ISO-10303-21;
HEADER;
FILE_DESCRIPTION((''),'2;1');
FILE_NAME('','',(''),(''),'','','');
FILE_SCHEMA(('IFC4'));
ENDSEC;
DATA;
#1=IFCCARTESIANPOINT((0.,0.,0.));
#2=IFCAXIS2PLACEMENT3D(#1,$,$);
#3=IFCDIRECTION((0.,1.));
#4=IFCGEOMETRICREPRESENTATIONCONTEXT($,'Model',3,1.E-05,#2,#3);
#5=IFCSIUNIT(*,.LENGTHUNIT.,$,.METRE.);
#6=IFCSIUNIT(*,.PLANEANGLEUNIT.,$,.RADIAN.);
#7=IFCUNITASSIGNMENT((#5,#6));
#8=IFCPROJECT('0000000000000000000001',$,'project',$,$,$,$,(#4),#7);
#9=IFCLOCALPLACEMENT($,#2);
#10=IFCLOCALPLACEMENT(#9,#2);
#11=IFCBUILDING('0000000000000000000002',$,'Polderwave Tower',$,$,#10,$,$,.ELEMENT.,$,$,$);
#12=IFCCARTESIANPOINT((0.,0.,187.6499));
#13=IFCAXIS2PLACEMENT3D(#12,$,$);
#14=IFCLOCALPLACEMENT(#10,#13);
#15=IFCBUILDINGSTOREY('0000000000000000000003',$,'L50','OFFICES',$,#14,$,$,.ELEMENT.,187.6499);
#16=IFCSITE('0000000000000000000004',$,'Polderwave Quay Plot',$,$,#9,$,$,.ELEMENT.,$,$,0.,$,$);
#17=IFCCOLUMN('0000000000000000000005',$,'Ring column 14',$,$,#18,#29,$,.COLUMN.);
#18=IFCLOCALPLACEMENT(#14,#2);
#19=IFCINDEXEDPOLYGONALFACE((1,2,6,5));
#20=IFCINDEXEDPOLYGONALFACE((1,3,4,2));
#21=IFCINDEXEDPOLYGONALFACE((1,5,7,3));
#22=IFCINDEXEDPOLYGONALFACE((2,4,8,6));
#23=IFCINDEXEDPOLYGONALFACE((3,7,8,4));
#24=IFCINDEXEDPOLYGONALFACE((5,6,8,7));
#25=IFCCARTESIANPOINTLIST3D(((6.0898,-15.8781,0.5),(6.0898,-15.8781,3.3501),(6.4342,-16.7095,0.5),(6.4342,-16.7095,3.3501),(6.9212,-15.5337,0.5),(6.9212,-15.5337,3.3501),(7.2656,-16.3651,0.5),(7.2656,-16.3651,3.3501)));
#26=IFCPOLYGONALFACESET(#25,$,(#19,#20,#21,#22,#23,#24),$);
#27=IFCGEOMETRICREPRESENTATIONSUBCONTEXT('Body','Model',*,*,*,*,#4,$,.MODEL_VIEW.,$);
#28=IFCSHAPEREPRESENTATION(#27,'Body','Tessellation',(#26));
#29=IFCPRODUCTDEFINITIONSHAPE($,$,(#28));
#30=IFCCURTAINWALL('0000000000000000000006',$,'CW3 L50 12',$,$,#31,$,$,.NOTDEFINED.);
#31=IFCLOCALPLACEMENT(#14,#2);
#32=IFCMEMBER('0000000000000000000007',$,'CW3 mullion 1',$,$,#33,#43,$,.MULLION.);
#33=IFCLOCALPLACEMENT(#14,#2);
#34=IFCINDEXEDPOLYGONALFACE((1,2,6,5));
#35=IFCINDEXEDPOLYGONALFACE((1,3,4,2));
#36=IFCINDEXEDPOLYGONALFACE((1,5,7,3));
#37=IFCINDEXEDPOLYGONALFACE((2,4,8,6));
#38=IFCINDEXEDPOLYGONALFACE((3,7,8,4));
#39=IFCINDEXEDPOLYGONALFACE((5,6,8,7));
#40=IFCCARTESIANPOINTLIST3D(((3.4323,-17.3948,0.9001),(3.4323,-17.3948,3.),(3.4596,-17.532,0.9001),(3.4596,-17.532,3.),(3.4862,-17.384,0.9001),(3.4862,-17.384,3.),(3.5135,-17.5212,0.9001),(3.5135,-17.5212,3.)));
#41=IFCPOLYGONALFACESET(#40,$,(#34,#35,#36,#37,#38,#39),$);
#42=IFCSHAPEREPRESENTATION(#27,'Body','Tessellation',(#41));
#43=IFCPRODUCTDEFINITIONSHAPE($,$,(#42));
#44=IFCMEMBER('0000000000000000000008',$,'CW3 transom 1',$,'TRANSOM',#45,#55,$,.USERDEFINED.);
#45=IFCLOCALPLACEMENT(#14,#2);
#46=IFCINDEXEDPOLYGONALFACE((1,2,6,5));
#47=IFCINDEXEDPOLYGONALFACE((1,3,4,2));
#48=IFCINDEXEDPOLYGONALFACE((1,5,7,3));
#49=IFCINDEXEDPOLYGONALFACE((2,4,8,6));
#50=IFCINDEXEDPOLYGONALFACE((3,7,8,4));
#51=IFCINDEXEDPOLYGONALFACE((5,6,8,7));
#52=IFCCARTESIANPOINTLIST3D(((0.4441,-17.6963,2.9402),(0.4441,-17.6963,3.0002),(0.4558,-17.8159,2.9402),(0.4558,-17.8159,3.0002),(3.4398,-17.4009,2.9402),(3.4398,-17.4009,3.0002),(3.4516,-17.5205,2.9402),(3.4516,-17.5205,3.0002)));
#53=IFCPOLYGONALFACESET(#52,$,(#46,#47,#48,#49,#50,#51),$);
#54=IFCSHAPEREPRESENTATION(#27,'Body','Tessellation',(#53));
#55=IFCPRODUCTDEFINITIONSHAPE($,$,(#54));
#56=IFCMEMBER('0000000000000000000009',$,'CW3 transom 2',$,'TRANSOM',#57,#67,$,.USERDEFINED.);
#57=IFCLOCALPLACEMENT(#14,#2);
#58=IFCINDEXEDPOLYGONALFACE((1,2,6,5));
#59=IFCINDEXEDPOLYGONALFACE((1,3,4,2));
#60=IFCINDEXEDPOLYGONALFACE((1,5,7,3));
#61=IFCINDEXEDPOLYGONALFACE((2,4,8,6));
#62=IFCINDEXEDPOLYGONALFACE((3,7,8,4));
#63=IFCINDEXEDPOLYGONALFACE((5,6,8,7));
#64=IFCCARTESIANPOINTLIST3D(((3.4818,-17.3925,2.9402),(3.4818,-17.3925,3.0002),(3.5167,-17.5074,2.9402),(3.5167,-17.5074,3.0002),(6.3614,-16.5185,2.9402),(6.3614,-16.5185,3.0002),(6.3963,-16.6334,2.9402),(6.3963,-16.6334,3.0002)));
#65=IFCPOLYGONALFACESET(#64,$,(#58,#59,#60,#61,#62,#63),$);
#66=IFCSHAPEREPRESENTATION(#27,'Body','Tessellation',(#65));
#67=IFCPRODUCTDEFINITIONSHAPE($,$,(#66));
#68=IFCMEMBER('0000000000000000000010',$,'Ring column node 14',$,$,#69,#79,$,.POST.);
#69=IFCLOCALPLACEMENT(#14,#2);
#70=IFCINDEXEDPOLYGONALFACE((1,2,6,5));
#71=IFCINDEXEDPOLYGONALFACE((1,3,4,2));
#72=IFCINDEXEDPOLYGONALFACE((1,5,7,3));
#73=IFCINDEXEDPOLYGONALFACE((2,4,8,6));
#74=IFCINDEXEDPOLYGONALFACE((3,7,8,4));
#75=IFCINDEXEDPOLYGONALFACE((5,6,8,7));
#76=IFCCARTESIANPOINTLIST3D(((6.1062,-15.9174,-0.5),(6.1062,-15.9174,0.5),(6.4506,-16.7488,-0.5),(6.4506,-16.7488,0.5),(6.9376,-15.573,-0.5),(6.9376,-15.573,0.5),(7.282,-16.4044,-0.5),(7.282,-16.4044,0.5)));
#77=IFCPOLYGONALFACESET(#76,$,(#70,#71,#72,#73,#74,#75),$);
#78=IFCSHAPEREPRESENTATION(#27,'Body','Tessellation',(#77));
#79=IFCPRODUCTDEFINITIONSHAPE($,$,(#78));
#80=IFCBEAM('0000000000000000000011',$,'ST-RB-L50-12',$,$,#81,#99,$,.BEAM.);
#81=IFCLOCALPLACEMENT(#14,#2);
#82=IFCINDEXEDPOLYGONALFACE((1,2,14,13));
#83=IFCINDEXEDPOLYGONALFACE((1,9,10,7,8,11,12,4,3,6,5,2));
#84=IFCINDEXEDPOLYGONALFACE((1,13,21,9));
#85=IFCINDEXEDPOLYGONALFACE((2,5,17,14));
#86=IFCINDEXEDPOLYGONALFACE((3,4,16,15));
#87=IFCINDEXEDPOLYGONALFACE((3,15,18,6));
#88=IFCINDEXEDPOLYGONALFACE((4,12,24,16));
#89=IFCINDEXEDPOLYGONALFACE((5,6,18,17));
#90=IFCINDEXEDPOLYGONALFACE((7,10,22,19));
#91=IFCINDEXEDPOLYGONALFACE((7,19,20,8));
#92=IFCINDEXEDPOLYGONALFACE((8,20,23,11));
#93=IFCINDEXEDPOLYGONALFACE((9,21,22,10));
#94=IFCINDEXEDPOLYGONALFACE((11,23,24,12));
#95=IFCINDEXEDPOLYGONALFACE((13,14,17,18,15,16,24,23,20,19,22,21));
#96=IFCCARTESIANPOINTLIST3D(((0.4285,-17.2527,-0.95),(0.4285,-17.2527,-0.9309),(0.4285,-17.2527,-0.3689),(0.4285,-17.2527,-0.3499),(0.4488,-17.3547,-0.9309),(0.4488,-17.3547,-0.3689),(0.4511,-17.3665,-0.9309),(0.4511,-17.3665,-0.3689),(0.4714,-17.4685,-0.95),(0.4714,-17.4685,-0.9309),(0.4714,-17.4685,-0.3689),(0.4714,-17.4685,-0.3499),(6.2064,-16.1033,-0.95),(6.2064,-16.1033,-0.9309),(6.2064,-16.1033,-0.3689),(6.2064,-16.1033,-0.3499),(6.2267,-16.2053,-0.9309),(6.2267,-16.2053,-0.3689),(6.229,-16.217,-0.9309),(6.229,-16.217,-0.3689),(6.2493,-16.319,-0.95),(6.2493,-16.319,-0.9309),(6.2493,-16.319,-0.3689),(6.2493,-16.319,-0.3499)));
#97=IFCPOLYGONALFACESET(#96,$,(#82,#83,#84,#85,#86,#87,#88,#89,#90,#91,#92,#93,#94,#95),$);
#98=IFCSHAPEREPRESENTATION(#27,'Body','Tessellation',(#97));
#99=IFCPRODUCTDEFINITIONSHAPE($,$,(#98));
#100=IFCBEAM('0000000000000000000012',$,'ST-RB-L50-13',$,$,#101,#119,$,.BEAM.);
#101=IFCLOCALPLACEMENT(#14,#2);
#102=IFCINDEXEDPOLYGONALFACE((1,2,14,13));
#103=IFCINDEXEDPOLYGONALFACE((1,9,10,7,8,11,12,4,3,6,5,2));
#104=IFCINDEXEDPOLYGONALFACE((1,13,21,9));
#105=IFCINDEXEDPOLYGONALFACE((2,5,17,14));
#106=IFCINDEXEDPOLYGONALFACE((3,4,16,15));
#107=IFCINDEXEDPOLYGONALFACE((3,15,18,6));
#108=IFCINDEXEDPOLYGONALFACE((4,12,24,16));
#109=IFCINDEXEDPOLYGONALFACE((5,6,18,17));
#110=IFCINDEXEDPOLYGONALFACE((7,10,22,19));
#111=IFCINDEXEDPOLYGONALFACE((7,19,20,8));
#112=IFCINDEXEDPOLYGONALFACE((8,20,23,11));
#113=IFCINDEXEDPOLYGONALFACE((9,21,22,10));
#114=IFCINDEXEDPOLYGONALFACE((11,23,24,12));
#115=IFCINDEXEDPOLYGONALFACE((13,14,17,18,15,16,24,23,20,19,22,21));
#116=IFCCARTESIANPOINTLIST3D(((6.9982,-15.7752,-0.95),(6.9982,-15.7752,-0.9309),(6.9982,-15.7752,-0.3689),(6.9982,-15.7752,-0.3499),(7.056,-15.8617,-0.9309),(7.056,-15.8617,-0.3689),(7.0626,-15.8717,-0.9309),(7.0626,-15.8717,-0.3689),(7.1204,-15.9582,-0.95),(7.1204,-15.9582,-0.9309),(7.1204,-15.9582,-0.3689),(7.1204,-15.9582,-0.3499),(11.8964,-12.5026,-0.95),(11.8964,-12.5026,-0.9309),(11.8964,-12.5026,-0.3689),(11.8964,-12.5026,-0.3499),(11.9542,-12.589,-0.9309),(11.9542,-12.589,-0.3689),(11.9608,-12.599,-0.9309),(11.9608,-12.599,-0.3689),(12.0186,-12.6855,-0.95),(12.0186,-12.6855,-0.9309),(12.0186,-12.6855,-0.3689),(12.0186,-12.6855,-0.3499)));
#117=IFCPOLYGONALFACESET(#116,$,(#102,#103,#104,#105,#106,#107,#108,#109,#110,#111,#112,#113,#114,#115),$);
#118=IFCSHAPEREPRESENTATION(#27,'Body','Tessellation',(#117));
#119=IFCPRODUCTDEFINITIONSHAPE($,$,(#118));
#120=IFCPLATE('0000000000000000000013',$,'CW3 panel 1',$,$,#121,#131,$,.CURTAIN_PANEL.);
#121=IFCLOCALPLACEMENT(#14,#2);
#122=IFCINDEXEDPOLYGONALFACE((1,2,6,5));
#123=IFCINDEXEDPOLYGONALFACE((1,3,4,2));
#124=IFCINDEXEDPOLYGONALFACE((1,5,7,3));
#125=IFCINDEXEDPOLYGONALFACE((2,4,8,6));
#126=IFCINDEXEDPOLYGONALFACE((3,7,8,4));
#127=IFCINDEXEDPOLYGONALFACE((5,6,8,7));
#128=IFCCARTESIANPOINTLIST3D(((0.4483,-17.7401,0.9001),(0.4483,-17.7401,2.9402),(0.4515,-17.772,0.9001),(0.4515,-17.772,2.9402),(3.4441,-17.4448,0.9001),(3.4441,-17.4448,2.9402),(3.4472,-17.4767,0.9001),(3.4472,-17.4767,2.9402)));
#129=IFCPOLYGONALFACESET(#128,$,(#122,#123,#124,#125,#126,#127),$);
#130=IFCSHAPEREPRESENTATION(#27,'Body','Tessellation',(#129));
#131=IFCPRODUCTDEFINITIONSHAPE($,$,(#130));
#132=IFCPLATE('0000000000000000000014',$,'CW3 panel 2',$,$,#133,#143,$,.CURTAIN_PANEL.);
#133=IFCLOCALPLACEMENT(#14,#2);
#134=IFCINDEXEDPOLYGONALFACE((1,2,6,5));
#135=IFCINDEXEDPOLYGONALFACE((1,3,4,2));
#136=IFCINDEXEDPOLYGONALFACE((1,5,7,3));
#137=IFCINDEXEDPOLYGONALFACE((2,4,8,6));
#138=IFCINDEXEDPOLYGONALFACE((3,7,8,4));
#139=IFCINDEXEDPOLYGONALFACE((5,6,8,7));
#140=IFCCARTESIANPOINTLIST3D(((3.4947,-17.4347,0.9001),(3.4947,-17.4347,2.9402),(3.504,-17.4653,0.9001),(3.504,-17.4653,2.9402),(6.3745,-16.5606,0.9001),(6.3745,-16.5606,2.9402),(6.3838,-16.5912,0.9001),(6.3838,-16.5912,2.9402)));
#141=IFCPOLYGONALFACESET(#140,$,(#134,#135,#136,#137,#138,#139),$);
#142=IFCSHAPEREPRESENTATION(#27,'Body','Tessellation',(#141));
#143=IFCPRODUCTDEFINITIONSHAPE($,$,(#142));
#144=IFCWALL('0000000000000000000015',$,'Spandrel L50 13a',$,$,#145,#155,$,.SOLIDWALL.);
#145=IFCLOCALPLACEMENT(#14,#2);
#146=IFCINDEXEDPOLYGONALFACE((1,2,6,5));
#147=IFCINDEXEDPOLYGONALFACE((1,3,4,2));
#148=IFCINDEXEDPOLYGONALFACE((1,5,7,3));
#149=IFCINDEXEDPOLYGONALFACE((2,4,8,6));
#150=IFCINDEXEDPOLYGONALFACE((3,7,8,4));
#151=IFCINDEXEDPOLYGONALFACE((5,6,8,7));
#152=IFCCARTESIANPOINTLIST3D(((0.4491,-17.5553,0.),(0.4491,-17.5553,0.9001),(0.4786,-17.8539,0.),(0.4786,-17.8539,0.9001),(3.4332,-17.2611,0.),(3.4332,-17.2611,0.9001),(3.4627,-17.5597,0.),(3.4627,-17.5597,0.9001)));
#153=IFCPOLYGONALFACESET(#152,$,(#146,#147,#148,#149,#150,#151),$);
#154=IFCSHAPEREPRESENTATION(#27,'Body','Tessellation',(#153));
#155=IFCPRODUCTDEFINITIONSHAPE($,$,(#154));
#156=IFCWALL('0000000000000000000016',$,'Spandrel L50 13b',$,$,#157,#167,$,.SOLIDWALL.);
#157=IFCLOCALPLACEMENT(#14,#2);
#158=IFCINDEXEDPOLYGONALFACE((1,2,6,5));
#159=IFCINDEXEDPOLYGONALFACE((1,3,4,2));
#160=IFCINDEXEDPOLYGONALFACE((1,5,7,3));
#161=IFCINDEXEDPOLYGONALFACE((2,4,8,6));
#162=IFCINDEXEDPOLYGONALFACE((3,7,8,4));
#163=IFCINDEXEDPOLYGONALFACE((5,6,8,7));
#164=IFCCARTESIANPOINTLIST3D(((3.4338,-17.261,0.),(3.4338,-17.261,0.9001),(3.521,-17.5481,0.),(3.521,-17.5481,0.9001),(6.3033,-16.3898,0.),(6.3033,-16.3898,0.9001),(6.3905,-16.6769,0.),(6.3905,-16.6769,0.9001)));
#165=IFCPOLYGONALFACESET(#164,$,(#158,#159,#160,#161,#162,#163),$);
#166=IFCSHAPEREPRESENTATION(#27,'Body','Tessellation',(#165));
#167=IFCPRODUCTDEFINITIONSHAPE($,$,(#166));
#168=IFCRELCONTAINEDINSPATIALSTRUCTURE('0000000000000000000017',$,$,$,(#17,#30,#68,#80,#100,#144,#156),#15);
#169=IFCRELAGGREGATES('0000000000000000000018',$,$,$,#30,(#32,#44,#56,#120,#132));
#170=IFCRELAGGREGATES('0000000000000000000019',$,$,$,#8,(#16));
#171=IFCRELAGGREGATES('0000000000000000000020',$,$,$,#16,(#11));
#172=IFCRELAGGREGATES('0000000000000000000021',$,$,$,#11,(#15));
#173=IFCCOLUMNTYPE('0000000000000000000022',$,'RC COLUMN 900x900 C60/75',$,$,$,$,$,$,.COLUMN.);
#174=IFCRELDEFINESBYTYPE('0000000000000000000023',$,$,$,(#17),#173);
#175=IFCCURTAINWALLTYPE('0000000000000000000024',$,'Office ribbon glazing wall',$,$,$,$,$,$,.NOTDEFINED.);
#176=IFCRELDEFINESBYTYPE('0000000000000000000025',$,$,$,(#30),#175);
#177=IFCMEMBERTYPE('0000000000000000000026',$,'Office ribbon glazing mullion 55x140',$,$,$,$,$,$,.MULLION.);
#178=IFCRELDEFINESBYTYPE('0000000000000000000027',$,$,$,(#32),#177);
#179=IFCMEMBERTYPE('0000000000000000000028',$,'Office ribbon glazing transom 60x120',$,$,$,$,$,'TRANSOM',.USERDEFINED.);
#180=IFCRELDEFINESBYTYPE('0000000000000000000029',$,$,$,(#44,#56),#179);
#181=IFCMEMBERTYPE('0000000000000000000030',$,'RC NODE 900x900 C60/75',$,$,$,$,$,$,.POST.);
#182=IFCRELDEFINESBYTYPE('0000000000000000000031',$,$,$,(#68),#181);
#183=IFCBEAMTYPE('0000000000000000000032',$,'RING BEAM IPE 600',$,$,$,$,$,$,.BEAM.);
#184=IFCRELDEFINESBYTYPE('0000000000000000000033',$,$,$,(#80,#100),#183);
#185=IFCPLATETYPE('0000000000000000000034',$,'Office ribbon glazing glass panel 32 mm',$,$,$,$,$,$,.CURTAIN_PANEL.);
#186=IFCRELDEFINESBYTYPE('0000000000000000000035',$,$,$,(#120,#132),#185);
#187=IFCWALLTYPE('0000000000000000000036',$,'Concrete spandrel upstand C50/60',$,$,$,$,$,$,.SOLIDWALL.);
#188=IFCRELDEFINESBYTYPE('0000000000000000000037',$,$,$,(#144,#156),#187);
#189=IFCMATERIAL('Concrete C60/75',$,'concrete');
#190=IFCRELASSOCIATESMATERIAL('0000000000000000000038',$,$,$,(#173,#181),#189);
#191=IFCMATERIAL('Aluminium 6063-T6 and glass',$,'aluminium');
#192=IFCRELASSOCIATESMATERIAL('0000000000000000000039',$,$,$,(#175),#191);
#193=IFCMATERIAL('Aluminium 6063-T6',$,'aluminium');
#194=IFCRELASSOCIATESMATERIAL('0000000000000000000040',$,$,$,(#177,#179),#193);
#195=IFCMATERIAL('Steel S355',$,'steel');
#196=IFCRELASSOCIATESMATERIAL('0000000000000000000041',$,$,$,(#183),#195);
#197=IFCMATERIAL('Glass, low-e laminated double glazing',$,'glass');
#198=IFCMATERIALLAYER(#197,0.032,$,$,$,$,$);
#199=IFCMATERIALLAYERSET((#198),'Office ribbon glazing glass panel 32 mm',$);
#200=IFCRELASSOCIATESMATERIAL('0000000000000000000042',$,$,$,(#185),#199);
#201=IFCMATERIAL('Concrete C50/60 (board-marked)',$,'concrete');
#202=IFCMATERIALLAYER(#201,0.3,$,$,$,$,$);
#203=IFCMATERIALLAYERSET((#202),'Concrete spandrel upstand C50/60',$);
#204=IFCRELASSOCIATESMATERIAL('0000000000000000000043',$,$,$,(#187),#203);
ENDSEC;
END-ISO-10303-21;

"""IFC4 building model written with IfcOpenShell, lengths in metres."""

from ifc_helpers import new_model, si_unit, direction, frame, frame_2d, origin, origin_2d, place, context, subcontext, project, spatial, rectangle, i_section, extrude, material, layer, layer_set, material_profile, profile_set, type_object, element, aggregate, save


model = new_model("IFC4")

# Units and contexts
model_context = context("Model", 3, precision=1e-05, world=origin(), true_north=direction((0.0, 1.0)))
body_context = subcontext(model_context, "Body", "Model", "MODEL_VIEW")
ifc_project = project(units=[si_unit("LENGTHUNIT", "METRE"), si_unit("PLANEANGLEUNIT", "RADIAN")], contexts=[model_context])

# Site, building, storey
site_placement = place(None, origin())
site = spatial("IfcSite", under=ifc_project, at=site_placement, Name="Polderwave Quay Plot", CompositionType="ELEMENT", RefElevation=0.0)
building_placement = place(site_placement, origin())
building = spatial("IfcBuilding", under=site, at=building_placement, Name="Polderwave Tower", CompositionType="ELEMENT")
storey_placement = place(building_placement, frame((0.0, 0.0, 187.6499)))
storey = spatial("IfcBuildingStorey", under=building, at=storey_placement, Name="L50", Description="OFFICES", CompositionType="ELEMENT", Elevation=187.6499)

# Column
ifc_material_1 = material(Name="Concrete C60/75", Category="concrete")
ifc_material_profile_1 = material_profile(ifc_material_1, rectangle(XDim=0.8999, YDim=0.8999, at=origin_2d()), Name="RC 900x900")
ifc_profile_set_1 = profile_set([ifc_material_profile_1], Name="Concrete C60/75")
column_type = type_object("IfcColumnType", Name="RC COLUMN 900x900 C60/75", PredefinedType="COLUMN", material=ifc_profile_set_1)
column_placement = place(storey_placement, frame((6.6777, -16.1216, 0.5), z_axis=(0.0, 0.0, 1.0), x_axis=(0.382683, -0.92388, 0.0)))
element("IfcColumn", 1, at=column_placement, inside=storey, type_object=column_type, Name="Ring column 14", PredefinedType="COLUMN", context=body_context, shape_type="SweptSolid", body=[
    extrude(rectangle(XDim=0.8999, YDim=0.8999, at=origin_2d()), origin(), (0.0, 0.0, 1.0), 2.8501),
])

# Curtain wall, members
ifc_material_2 = material(Name="Aluminium 6063-T6 and glass", Category="aluminium")
curtain_wall_type = type_object("IfcCurtainWallType", Name="Office ribbon glazing wall", PredefinedType="NOTDEFINED", material=ifc_material_2)
curtain_wall_placement = place(storey_placement, origin())
curtain_wall = element("IfcCurtainWall", 2, at=curtain_wall_placement, inside=storey, type_object=curtain_wall_type, Name="CW3 L50 12", PredefinedType="NOTDEFINED")
ifc_material_3 = material(Name="Aluminium 6063-T6", Category="aluminium")
ifc_material_profile_2 = material_profile(ifc_material_3, rectangle(XDim=0.1399, YDim=0.0549, at=origin_2d()), Name="AL 55x140")
ifc_profile_set_2 = profile_set([ifc_material_profile_2], Name="Aluminium 6063-T6")
member_type_1 = type_object("IfcMemberType", Name="Office ribbon glazing mullion 55x140", PredefinedType="MULLION", material=ifc_profile_set_2)
member_1_placement = place(storey_placement, frame((3.4729, -17.458, 0.9001), z_axis=(0.0, 0.0, 1.0), x_axis=(-0.195205, 0.980762, 0.0)))
member_1 = element("IfcMember", 3, at=member_1_placement, type_object=member_type_1, Name="CW3 mullion 1", PredefinedType="MULLION", context=body_context, shape_type="SweptSolid", body=[
    extrude(rectangle(XDim=0.1399, YDim=0.0549, at=origin_2d()), origin(), (0.0, 0.0, 1.0), 2.0999),
])
ifc_material_profile_3 = material_profile(ifc_material_3, rectangle(XDim=0.1201, YDim=0.0601, at=origin_2d()), Name="AL 60x120")
ifc_profile_set_3 = profile_set([ifc_material_profile_3], Name="Aluminium 6063-T6")
member_type_2 = type_object("IfcMemberType", Name="Office ribbon glazing transom 60x120", ElementType="TRANSOM", PredefinedType="USERDEFINED", material=ifc_profile_set_3)
member_2_placement = place(storey_placement, frame((0.45, -17.7561, 2.9702), z_axis=(0.995173, 0.098138, 0.0), x_axis=(-0.098138, 0.995173, 0.0)))
member_2 = element("IfcMember", 4, at=member_2_placement, type_object=member_type_2, Name="CW3 transom 1", ObjectType="TRANSOM", PredefinedType="USERDEFINED", context=body_context, shape_type="SweptSolid", body=[
    extrude(rectangle(XDim=0.1201, YDim=0.0601, at=origin_2d()), origin(), (0.0, 0.0, 1.0), 3.0103),
])
member_3_placement = place(storey_placement, frame((3.4993, -17.45, 2.9702), z_axis=(0.956895, 0.290435, 0.0), x_axis=(-0.290435, 0.956895, 0.0)))
member_3 = element("IfcMember", 5, at=member_3_placement, type_object=member_type_2, Name="CW3 transom 2", ObjectType="TRANSOM", PredefinedType="USERDEFINED", context=body_context, shape_type="SweptSolid", body=[
    extrude(rectangle(XDim=0.1201, YDim=0.0601, at=origin_2d()), origin(), (0.0, 0.0, 1.0), 3.0093),
])

# Member
ifc_material_profile_4 = material_profile(ifc_material_1, rectangle(XDim=0.8999, YDim=0.8999, at=origin_2d()), Name="RC 900x900")
ifc_profile_set_4 = profile_set([ifc_material_profile_4], Name="Concrete C60/75")
member_type_3 = type_object("IfcMemberType", Name="RC NODE 900x900 C60/75", PredefinedType="POST", material=ifc_profile_set_4)
member_4_placement = place(storey_placement, frame((6.6941, -16.1609, -0.5), z_axis=(0.0, 0.0, 1.0), x_axis=(0.382683, -0.92388, 0.0)))
element("IfcMember", 6, at=member_4_placement, inside=storey, type_object=member_type_3, Name="Ring column node 14", PredefinedType="POST", context=body_context, shape_type="SweptSolid", body=[
    extrude(rectangle(XDim=0.8999, YDim=0.8999, at=origin_2d()), origin(), (0.0, 0.0, 1.0), 1.0),
])

# Beams
ifc_material_4 = material(Name="Steel S355", Category="steel")
ifc_material_profile_5 = material_profile(ifc_material_4, i_section(OverallWidth=0.22, OverallDepth=0.6001, WebThickness=0.012, FlangeThickness=0.019, at=origin_2d()), Name="IPE 600")
ifc_profile_set_5 = profile_set([ifc_material_profile_5], Name="Steel S355")
beam_type = type_object("IfcBeamType", Name="RING BEAM IPE 600", PredefinedType="BEAM", material=ifc_profile_set_5)
beam_1_placement = place(storey_placement, frame((0.45, -17.3606, -0.6499), z_axis=(0.980781, 0.195112, 0.0), x_axis=(-0.195112, 0.980781, 0.0)))
element("IfcBeam", 7, at=beam_1_placement, inside=storey, type_object=beam_type, Name="ST-RB-L50-12", PredefinedType="BEAM", context=body_context, shape_type="SweptSolid", body=[
    extrude(i_section(OverallWidth=0.22, OverallDepth=0.6001, WebThickness=0.012, FlangeThickness=0.019, at=origin_2d()), origin(), (0.0, 0.0, 1.0), 5.8911),
])
beam_2_placement = place(storey_placement, frame((7.0593, -15.8667, -0.6499), z_axis=(0.831482, 0.555551, 0.0), x_axis=(-0.555551, 0.831482, 0.0)))
element("IfcBeam", 8, at=beam_2_placement, inside=storey, type_object=beam_type, Name="ST-RB-L50-13", PredefinedType="BEAM", context=body_context, shape_type="SweptSolid", body=[
    extrude(i_section(OverallWidth=0.22, OverallDepth=0.6001, WebThickness=0.012, FlangeThickness=0.019, at=origin_2d()), origin(), (0.0, 0.0, 1.0), 5.8909),
])

# Plates
ifc_material_5 = material(Name="Glass, low-e laminated double glazing", Category="glass")
ifc_layer_1 = layer(ifc_material_5, 0.032)
ifc_layer_set_1 = layer_set([ifc_layer_1], Name="Office ribbon glazing glass panel 32 mm")
plate_type = type_object("IfcPlateType", Name="Office ribbon glazing glass panel 32 mm", PredefinedType="CURTAIN_PANEL", material=ifc_layer_set_1)
plate_1_placement = place(storey_placement, frame((1.9478, -17.6084, 0.9001), z_axis=(0.0, 0.0, 1.0), x_axis=(0.995176, 0.098102, 0.0)))
plate_1 = element("IfcPlate", 9, at=plate_1_placement, type_object=plate_type, Name="CW3 panel 1", PredefinedType="CURTAIN_PANEL", context=body_context, shape_type="SweptSolid", body=[
    extrude(rectangle(XDim=3.0103, YDim=0.032, at=origin_2d()), origin(), (0.0, 0.0, 1.0), 2.04),
])
plate_2_placement = place(storey_placement, frame((4.9392, -17.0129, 0.9001), z_axis=(0.0, 0.0, 1.0), x_axis=(0.956897, 0.290428, 0.0)))
plate_2 = element("IfcPlate", 10, at=plate_2_placement, type_object=plate_type, Name="CW3 panel 2", PredefinedType="CURTAIN_PANEL", context=body_context, shape_type="SweptSolid", body=[
    extrude(rectangle(XDim=3.0095, YDim=0.032, at=origin_2d()), origin(), (0.0, 0.0, 1.0), 2.04),
])
aggregate(curtain_wall, [member_1, member_2, member_3, plate_1, plate_2])

# Walls
ifc_material_6 = material(Name="Concrete C50/60 (board-marked)", Category="concrete")
ifc_layer_2 = layer(ifc_material_6, 0.3)
ifc_layer_set_2 = layer_set([ifc_layer_2], Name="Concrete spandrel upstand C50/60")
wall_type_1 = type_object("IfcWallType", Name="Concrete spandrel upstand C50/60", PredefinedType="SOLIDWALL", material=ifc_layer_set_2)
wall_1_placement = place(storey_placement, frame((0.4639, -17.7046, 0.0), z_axis=(0.0, 0.0, 1.0), x_axis=(0.995176, 0.098109, 0.0)))
element("IfcWall", 11, at=wall_1_placement, inside=storey, type_object=wall_type_1, Name="Spandrel L50 13a", PredefinedType="SOLIDWALL", context=body_context, shape_type="SweptSolid", body=[
    extrude(rectangle(XDim=2.9985, YDim=0.3, at=frame_2d((1.4993, 0.0))), origin(), (0.0, 0.0, 1.0), 0.9001),
])
wall_2_placement = place(storey_placement, frame((3.4773, -17.4045, 0.0), z_axis=(0.0, 0.0, 1.0), x_axis=(0.956878, 0.290491, 0.0)))
element("IfcWall", 12, at=wall_2_placement, inside=storey, type_object=wall_type_1, Name="Spandrel L50 13b", PredefinedType="SOLIDWALL", context=body_context, shape_type="SweptSolid", body=[
    extrude(rectangle(XDim=2.9988, YDim=0.3, at=frame_2d((1.4995, 0.0))), origin(), (0.0, 0.0, 1.0), 0.9001),
])

save(model, "model.ifc")
